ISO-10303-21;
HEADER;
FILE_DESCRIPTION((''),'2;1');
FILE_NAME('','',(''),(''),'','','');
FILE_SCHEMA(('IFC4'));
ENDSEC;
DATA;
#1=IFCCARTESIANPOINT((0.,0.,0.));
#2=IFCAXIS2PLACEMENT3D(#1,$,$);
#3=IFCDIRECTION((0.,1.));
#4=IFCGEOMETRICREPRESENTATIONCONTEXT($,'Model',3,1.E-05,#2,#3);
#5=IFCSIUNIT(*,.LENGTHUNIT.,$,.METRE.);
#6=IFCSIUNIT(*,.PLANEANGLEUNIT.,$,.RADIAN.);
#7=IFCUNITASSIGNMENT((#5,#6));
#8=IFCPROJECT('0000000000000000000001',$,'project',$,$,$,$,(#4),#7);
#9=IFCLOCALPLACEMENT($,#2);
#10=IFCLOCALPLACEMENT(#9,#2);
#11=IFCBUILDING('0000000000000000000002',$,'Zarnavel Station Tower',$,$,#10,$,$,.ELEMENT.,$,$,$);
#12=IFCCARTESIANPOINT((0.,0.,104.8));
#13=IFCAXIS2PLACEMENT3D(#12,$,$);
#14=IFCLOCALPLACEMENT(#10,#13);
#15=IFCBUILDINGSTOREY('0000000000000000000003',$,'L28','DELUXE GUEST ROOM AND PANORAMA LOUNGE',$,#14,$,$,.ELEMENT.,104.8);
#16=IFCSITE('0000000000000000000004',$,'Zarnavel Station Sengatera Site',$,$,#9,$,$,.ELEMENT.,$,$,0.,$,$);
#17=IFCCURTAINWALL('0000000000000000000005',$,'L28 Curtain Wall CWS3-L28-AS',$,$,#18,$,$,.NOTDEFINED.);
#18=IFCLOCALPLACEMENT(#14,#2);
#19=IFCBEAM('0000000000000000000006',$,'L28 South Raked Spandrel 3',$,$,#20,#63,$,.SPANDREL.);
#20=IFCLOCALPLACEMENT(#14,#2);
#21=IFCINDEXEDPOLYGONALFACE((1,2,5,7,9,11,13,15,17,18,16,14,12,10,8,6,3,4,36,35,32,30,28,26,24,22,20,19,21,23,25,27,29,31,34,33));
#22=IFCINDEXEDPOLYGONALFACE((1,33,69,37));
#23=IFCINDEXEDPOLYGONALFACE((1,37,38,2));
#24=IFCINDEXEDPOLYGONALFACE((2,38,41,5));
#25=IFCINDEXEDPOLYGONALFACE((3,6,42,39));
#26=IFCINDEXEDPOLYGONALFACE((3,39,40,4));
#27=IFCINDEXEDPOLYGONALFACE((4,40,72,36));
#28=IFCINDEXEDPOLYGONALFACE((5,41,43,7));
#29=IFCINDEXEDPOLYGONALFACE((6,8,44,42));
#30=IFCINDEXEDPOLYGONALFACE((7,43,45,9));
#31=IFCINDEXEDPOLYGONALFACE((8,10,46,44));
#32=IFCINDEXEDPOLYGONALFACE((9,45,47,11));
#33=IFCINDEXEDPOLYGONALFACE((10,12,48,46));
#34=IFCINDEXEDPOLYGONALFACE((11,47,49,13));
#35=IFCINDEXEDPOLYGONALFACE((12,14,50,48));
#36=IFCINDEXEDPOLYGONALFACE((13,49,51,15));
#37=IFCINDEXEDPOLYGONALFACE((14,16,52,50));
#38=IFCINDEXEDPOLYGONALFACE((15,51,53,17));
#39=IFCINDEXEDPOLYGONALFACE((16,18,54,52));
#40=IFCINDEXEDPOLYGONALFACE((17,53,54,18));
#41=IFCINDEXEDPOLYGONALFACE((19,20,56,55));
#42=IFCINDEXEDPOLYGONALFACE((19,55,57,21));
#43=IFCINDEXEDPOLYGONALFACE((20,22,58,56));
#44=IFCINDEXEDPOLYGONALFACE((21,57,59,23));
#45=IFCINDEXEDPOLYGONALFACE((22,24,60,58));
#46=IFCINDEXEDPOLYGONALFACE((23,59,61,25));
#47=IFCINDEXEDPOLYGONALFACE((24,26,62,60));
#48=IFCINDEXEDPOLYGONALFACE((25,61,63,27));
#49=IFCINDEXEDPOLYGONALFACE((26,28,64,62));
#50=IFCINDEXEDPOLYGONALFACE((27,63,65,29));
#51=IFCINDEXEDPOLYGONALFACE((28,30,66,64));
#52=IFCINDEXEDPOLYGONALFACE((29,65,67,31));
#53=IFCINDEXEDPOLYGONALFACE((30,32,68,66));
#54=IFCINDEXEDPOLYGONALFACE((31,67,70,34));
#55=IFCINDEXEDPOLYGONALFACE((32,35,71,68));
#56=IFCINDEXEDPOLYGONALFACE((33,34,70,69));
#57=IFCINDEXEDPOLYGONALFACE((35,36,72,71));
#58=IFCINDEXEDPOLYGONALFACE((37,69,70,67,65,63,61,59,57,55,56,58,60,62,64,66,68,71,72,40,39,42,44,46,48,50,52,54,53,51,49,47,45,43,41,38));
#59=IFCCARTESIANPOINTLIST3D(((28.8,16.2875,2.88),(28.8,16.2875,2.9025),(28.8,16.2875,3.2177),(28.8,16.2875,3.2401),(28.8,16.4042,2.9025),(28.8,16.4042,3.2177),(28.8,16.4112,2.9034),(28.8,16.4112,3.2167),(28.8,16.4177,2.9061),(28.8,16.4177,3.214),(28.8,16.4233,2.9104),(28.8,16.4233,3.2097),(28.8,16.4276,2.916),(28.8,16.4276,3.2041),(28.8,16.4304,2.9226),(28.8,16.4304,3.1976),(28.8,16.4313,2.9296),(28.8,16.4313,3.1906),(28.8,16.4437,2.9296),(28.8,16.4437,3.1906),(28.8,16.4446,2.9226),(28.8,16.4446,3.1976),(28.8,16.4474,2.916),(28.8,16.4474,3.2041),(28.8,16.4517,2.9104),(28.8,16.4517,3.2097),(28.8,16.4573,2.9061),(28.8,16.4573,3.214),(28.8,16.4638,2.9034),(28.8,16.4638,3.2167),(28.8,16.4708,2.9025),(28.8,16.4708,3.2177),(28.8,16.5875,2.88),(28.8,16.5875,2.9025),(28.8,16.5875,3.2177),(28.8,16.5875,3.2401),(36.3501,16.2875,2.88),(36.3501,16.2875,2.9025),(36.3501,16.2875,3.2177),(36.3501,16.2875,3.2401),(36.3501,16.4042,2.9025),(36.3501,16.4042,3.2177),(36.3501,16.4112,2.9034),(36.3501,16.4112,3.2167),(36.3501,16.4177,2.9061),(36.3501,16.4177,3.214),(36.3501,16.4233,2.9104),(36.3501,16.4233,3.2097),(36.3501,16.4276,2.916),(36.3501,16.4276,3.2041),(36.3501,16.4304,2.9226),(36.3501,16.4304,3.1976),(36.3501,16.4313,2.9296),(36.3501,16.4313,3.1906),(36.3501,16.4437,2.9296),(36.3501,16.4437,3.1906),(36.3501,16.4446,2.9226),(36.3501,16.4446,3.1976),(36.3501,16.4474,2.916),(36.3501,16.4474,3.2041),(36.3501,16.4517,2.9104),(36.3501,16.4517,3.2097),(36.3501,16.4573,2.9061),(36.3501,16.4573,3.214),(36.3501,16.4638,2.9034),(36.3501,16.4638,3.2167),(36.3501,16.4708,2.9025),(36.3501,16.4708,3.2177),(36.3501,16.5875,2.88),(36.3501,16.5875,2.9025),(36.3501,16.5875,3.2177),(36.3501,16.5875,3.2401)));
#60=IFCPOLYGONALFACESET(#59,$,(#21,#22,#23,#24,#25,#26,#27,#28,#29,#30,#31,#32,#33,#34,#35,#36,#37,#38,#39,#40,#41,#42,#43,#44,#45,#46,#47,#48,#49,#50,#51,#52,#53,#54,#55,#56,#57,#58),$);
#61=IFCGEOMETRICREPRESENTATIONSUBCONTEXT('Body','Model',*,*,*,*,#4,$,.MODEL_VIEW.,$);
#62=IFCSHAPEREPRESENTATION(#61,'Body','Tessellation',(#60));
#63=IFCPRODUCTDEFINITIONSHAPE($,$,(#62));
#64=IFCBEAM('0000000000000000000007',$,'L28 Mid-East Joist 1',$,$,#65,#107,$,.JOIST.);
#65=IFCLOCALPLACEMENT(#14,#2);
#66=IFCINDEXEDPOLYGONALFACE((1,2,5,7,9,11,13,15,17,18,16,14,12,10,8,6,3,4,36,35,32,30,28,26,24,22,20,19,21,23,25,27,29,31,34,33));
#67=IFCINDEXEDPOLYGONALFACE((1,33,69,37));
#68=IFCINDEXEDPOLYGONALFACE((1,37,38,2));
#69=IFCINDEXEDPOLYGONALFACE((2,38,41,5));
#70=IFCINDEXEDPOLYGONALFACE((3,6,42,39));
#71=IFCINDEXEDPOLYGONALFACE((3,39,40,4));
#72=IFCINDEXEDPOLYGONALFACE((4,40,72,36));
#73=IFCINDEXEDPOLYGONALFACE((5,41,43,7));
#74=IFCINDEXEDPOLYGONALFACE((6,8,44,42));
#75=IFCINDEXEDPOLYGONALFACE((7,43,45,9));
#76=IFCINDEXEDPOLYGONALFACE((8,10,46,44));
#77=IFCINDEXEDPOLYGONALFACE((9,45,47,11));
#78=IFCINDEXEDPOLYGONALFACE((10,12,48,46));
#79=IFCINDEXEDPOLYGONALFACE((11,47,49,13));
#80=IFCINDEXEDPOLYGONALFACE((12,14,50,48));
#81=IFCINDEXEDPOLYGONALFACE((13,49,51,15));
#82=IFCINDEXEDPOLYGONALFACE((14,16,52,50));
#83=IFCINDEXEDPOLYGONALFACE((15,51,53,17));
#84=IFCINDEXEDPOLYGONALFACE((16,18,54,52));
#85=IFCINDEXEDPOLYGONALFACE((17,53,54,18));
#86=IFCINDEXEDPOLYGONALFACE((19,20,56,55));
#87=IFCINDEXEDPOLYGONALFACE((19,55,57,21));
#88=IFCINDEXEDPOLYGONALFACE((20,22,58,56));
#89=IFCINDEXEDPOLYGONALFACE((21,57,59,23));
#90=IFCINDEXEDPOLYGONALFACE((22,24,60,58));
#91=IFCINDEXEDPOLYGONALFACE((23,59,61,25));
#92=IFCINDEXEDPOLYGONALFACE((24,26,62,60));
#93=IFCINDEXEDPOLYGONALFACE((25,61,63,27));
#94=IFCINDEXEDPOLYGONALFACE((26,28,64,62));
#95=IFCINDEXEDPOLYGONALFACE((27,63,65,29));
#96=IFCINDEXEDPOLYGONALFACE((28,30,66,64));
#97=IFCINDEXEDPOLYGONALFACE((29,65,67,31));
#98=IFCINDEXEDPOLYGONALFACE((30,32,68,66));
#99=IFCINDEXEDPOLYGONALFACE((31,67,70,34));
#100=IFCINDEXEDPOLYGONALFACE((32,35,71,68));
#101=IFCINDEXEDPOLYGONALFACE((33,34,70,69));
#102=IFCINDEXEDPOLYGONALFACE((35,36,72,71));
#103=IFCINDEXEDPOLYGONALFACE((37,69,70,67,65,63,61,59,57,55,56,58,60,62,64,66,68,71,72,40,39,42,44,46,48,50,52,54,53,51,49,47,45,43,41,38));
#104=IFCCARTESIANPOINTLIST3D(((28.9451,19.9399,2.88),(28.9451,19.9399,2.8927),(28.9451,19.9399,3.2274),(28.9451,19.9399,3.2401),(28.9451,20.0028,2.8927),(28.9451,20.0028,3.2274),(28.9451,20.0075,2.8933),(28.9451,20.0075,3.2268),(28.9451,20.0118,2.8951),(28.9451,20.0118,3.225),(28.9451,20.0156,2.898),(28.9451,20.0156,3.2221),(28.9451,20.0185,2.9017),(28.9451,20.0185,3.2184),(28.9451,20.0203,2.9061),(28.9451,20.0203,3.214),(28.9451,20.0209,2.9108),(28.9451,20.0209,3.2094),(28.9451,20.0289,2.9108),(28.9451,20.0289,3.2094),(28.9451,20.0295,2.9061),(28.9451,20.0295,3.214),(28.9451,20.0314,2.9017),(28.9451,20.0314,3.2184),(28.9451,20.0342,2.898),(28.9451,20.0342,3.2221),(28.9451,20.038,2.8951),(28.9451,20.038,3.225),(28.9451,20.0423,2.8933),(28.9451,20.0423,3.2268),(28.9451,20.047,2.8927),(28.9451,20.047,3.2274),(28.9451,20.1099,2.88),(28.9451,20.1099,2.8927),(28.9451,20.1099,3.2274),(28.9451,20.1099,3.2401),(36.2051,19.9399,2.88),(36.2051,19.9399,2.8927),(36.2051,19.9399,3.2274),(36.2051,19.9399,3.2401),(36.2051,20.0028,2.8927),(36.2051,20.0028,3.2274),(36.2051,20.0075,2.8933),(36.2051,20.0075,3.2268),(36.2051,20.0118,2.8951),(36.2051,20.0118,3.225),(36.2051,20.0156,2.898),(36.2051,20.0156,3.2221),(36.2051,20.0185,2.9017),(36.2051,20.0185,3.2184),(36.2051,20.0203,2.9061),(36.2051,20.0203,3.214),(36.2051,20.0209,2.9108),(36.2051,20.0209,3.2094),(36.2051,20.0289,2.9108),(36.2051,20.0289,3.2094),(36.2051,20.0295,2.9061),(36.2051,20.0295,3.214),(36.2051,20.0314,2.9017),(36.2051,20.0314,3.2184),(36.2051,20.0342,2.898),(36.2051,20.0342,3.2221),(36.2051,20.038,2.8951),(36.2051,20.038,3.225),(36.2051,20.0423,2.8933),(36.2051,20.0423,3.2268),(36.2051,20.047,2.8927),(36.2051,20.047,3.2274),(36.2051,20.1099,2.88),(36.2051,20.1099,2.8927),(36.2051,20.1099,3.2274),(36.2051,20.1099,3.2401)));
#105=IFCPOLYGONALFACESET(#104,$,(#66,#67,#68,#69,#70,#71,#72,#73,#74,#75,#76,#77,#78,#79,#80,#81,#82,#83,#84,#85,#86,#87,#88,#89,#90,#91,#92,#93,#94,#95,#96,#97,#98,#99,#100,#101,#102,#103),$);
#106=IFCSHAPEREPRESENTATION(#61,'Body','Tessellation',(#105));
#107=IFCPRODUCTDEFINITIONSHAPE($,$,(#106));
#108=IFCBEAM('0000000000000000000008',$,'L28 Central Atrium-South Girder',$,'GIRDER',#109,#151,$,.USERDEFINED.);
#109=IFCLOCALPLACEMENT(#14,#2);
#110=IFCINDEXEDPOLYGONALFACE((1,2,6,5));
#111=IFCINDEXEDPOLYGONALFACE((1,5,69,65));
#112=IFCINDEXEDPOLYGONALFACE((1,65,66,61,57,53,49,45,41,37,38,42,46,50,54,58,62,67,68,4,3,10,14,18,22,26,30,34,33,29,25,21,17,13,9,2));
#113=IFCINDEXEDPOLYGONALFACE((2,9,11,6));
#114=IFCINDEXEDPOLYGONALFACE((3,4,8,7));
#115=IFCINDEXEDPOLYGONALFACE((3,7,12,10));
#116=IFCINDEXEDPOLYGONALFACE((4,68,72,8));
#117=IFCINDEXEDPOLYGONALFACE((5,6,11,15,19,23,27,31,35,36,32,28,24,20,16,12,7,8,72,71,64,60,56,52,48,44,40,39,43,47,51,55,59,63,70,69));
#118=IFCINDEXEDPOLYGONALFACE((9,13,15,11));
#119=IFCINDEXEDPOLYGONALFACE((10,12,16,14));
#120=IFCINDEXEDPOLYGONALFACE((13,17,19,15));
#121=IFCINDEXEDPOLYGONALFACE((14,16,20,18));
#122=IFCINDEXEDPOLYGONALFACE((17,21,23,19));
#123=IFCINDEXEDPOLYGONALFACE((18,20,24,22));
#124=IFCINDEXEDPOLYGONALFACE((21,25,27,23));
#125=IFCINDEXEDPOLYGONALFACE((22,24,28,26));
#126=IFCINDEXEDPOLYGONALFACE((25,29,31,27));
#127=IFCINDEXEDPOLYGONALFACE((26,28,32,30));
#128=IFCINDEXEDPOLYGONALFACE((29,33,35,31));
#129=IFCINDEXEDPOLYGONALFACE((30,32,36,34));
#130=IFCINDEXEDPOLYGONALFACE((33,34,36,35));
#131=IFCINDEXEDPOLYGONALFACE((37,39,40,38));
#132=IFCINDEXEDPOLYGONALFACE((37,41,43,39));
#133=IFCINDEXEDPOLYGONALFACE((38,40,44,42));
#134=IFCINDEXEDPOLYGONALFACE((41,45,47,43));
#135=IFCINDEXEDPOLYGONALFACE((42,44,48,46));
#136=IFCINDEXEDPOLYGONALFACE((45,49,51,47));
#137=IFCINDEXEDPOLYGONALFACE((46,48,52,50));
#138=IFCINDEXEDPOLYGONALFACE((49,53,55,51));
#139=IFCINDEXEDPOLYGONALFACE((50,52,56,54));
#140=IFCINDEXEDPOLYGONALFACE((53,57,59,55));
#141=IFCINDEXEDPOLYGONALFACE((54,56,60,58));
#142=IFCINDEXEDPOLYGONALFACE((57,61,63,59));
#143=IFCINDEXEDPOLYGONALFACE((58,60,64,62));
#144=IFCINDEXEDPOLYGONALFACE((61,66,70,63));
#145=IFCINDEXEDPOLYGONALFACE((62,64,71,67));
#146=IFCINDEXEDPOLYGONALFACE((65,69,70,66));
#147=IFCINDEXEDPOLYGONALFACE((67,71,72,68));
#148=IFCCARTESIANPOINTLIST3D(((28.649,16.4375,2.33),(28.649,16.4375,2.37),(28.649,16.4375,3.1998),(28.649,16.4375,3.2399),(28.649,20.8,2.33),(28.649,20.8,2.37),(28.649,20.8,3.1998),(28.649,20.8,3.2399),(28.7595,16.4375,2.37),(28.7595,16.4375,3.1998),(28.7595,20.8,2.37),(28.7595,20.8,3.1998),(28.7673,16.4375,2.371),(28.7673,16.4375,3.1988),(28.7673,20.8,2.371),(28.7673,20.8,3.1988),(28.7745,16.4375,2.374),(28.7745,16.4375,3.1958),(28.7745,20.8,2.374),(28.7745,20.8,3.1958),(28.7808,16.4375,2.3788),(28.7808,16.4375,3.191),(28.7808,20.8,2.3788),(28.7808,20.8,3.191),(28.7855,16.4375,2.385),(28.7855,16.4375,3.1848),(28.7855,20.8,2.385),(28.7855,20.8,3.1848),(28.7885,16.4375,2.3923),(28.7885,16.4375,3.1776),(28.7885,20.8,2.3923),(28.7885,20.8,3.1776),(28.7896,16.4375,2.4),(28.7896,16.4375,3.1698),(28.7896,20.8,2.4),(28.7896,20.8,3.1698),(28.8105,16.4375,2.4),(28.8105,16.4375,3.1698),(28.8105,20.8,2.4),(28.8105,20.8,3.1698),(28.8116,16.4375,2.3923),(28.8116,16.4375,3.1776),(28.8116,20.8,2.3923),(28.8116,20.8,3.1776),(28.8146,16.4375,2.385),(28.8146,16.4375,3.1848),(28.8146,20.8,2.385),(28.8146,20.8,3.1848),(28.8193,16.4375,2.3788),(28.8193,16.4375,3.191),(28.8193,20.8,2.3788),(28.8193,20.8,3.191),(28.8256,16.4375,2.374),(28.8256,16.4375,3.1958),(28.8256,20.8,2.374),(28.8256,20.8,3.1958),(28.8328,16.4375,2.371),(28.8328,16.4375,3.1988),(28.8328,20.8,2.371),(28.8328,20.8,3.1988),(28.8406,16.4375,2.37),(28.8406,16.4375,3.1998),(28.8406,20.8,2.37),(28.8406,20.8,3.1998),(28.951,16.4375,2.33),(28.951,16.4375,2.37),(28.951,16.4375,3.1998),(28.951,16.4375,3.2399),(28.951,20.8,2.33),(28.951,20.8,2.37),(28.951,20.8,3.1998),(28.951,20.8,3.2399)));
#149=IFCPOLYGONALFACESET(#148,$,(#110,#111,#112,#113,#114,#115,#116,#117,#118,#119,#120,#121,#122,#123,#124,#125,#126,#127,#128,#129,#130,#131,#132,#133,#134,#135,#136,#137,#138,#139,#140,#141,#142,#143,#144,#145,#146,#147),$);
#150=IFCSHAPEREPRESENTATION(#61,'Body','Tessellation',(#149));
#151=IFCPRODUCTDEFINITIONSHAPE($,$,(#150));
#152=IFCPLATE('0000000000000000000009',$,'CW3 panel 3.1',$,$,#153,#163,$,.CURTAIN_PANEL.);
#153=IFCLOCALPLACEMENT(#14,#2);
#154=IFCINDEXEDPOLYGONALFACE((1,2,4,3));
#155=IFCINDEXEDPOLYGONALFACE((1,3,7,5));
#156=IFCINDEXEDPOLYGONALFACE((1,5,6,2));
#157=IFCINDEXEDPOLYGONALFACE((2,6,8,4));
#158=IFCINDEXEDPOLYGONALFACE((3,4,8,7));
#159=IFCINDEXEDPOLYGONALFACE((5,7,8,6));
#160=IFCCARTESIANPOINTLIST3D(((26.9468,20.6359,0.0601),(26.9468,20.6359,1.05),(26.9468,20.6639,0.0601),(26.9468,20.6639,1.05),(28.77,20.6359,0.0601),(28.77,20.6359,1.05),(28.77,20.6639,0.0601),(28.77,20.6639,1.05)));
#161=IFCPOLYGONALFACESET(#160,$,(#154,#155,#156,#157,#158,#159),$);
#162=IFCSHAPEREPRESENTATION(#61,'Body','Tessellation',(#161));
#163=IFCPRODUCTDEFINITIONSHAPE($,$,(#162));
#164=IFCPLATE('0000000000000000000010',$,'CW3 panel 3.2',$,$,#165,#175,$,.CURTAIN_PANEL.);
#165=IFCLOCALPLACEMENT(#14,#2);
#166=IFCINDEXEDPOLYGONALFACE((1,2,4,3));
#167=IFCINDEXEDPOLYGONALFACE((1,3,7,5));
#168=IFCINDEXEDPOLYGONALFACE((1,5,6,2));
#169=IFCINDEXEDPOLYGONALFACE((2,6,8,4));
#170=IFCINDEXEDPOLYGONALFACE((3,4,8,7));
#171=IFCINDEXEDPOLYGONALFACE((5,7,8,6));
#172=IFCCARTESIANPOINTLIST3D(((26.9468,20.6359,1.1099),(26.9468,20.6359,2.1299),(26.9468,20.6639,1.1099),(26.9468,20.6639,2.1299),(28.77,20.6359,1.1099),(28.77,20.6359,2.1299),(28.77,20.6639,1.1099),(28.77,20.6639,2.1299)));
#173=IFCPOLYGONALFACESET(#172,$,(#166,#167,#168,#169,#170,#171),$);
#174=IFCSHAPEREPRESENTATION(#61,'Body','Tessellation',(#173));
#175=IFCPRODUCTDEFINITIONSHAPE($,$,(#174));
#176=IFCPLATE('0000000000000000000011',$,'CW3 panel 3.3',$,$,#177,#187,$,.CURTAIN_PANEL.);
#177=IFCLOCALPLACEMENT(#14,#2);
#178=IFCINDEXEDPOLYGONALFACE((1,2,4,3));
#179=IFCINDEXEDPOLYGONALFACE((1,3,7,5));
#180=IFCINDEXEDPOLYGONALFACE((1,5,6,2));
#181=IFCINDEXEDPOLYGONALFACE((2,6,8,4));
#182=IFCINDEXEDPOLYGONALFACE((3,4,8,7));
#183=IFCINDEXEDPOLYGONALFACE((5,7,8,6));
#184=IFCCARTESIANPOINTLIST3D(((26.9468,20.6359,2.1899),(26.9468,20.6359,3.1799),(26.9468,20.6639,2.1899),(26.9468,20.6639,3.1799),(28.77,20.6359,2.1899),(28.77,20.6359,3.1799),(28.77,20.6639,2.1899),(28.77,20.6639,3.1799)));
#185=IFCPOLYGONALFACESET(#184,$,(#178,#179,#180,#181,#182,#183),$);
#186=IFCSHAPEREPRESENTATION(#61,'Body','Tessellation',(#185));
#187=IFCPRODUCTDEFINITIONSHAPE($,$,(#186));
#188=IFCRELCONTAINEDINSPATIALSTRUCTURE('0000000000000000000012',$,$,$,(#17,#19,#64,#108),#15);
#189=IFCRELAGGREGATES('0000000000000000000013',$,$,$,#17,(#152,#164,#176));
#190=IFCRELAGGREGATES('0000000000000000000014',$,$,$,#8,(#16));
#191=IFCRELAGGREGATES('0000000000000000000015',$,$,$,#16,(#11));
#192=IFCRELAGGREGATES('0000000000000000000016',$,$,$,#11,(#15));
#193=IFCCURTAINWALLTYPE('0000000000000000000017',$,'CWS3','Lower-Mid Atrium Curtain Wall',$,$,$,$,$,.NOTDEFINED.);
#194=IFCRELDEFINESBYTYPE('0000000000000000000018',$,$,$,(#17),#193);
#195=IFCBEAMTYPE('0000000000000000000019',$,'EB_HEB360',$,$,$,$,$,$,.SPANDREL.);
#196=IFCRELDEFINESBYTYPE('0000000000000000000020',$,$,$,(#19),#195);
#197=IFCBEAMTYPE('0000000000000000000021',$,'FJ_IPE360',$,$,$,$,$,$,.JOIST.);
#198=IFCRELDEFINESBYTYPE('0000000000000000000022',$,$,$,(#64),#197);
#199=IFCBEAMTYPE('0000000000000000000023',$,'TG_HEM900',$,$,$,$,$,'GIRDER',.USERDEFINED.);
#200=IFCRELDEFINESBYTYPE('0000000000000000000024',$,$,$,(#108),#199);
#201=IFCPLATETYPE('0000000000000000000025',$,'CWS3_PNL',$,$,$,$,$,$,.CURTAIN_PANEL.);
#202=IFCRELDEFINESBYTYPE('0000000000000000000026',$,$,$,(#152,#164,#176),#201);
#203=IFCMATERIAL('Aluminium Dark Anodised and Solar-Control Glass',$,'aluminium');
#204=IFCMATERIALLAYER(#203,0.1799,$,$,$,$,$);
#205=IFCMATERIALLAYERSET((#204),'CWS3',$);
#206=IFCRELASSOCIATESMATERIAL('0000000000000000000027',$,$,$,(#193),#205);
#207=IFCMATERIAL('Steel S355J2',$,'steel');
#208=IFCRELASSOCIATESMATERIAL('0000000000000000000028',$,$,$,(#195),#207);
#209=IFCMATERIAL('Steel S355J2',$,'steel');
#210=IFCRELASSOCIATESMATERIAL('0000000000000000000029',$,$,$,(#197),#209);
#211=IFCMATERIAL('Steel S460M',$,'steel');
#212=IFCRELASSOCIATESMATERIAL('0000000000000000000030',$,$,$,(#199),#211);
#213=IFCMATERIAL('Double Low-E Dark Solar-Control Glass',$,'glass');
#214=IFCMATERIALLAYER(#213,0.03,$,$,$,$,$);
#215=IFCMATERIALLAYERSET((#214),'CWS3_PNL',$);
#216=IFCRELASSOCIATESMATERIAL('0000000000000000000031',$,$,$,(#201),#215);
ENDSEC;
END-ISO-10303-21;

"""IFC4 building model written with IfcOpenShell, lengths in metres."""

from ifc_helpers import new_model, si_unit, direction, frame, origin, origin_2d, place, context, subcontext, project, spatial, rectangle, i_section, extrude, material, layer, layer_set, material_profile, profile_set, type_object, element, aggregate, save


model = new_model("IFC4")

# Units and contexts
model_context = context("Model", 3, precision=1e-05, world=origin(), true_north=direction((0.0, 1.0)))
body_context = subcontext(model_context, "Body", "Model", "MODEL_VIEW")
ifc_project = project(units=[si_unit("LENGTHUNIT", "METRE"), si_unit("PLANEANGLEUNIT", "RADIAN")], contexts=[model_context])

# Site, building, storey
site_placement = place(None, origin())
site = spatial("IfcSite", under=ifc_project, at=site_placement, Name="Zarnavel Station Sengatera Site", CompositionType="ELEMENT", RefElevation=0.0)
building_placement = place(site_placement, origin())
building = spatial("IfcBuilding", under=site, at=building_placement, Name="Zarnavel Station Tower", CompositionType="ELEMENT")
storey_placement = place(building_placement, frame((0.0, 0.0, 104.8)))
storey = spatial("IfcBuildingStorey", under=building, at=storey_placement, Name="L28", Description="DELUXE GUEST ROOM AND PANORAMA LOUNGE", CompositionType="ELEMENT", Elevation=104.8)

# Curtain wall
ifc_material_1 = material(Name="Aluminium Dark Anodised and Solar-Control Glass", Category="aluminium")
ifc_layer_1 = layer(ifc_material_1, 0.1799)
ifc_layer_set_1 = layer_set([ifc_layer_1], Name="CWS3")
curtain_wall_type_1 = type_object("IfcCurtainWallType", Name="CWS3", Description="Lower-Mid Atrium Curtain Wall", PredefinedType="NOTDEFINED", material=ifc_layer_set_1)
curtain_wall_1_placement = place(storey_placement, origin())
curtain_wall_1 = element("IfcCurtainWall", 1, at=curtain_wall_1_placement, inside=storey, type_object=curtain_wall_type_1, Name="L28 Curtain Wall CWS3-L28-AS", PredefinedType="NOTDEFINED")

# Beams
ifc_material_2 = material(Name="Steel S355J2", Category="steel")
ifc_material_profile_1 = material_profile(ifc_material_2, i_section(OverallWidth=0.3, OverallDepth=0.3601, WebThickness=0.0125, FlangeThickness=0.0225, FilletRadius=0.0271, at=origin_2d()), Name="HEB360")
ifc_profile_set_1 = profile_set([ifc_material_profile_1], Name="Steel S355J2")
beam_type_1 = type_object("IfcBeamType", Name="EB_HEB360", PredefinedType="SPANDREL", material=ifc_profile_set_1)
beam_1_placement = place(storey_placement, frame((28.8, 16.4375, 3.0601), z_axis=(1.0, 0.0, 0.0), x_axis=(0.0, 1.0, 0.0)))
element("IfcBeam", 2, at=beam_1_placement, inside=storey, type_object=beam_type_1, Name="L28 South Raked Spandrel 3", PredefinedType="SPANDREL", context=body_context, shape_type="SweptSolid", body=[
    extrude(i_section(OverallWidth=0.3, OverallDepth=0.3601, WebThickness=0.0125, FlangeThickness=0.0225, FilletRadius=0.0271, at=origin_2d()), origin(), (0.0, 0.0, 1.0), 7.55),
])
ifc_material_3 = material(Name="Steel S355J2", Category="steel")
ifc_material_profile_2 = material_profile(ifc_material_3, i_section(OverallWidth=0.1699, OverallDepth=0.3601, WebThickness=0.0081, FlangeThickness=0.0127, FilletRadius=0.0181, at=origin_2d()), Name="IPE360")
ifc_profile_set_2 = profile_set([ifc_material_profile_2], Name="Steel S355J2")
beam_type_2 = type_object("IfcBeamType", Name="FJ_IPE360", PredefinedType="JOIST", material=ifc_profile_set_2)
beam_2_placement = place(storey_placement, frame((28.9451, 20.0249, 3.0601), z_axis=(1.0, 0.0, 0.0), x_axis=(0.0, 1.0, 0.0)))
element("IfcBeam", 3, at=beam_2_placement, inside=storey, type_object=beam_type_2, Name="L28 Mid-East Joist 1", PredefinedType="JOIST", context=body_context, shape_type="SweptSolid", body=[
    extrude(i_section(OverallWidth=0.1699, OverallDepth=0.3601, WebThickness=0.0081, FlangeThickness=0.0127, FilletRadius=0.0181, at=origin_2d()), origin(), (0.0, 0.0, 1.0), 7.26),
])
ifc_material_4 = material(Name="Steel S460M", Category="steel")
ifc_material_profile_3 = material_profile(ifc_material_4, i_section(OverallWidth=0.302, OverallDepth=0.9099, WebThickness=0.021, FlangeThickness=0.04, FilletRadius=0.03, at=origin_2d()), Name="HEM900")
ifc_profile_set_3 = profile_set([ifc_material_profile_3], Name="Steel S460M")
beam_type_3 = type_object("IfcBeamType", Name="TG_HEM900", ElementType="GIRDER", PredefinedType="USERDEFINED", material=ifc_profile_set_3)
beam_3_placement = place(storey_placement, frame((28.8, 16.4375, 2.7849), z_axis=(0.0, 1.0, 0.0), x_axis=(-1.0, 0.0, 0.0)))
element("IfcBeam", 4, at=beam_3_placement, inside=storey, type_object=beam_type_3, Name="L28 Central Atrium-South Girder", ObjectType="GIRDER", PredefinedType="USERDEFINED", context=body_context, shape_type="SweptSolid", body=[
    extrude(i_section(OverallWidth=0.302, OverallDepth=0.9099, WebThickness=0.021, FlangeThickness=0.04, FilletRadius=0.03, at=origin_2d()), origin(), (0.0, 0.0, 1.0), 4.3625),
])

# Plates
ifc_material_5 = material(Name="Double Low-E Dark Solar-Control Glass", Category="glass")
ifc_layer_2 = layer(ifc_material_5, 0.03)
ifc_layer_set_2 = layer_set([ifc_layer_2], Name="CWS3_PNL")
plate_type_1 = type_object("IfcPlateType", Name="CWS3_PNL", PredefinedType="CURTAIN_PANEL", material=ifc_layer_set_2)
plate_1_placement = place(storey_placement, frame((27.8584, 20.6499, 0.0601), z_axis=(0.0, 0.0, 1.0), x_axis=(1.0, 0.0, 0.0)))
plate_1 = element("IfcPlate", 5, at=plate_1_placement, type_object=plate_type_1, Name="CW3 panel 3.1", PredefinedType="CURTAIN_PANEL", context=body_context, shape_type="SweptSolid", body=[
    extrude(rectangle(XDim=1.8232, YDim=0.0281, at=origin_2d()), origin(), (0.0, 0.0, 1.0), 0.99),
])
plate_2_placement = place(storey_placement, frame((27.8584, 20.6499, 1.1099), z_axis=(0.0, 0.0, 1.0), x_axis=(1.0, 0.0, 0.0)))
plate_2 = element("IfcPlate", 6, at=plate_2_placement, type_object=plate_type_1, Name="CW3 panel 3.2", PredefinedType="CURTAIN_PANEL", context=body_context, shape_type="SweptSolid", body=[
    extrude(rectangle(XDim=1.8232, YDim=0.0281, at=origin_2d()), origin(), (0.0, 0.0, 1.0), 1.02),
])
plate_3_placement = place(storey_placement, frame((27.8584, 20.6499, 2.1899), z_axis=(0.0, 0.0, 1.0), x_axis=(1.0, 0.0, 0.0)))
plate_3 = element("IfcPlate", 7, at=plate_3_placement, type_object=plate_type_1, Name="CW3 panel 3.3", PredefinedType="CURTAIN_PANEL", context=body_context, shape_type="SweptSolid", body=[
    extrude(rectangle(XDim=1.8232, YDim=0.0281, at=origin_2d()), origin(), (0.0, 0.0, 1.0), 0.99),
])
aggregate(curtain_wall_1, [plate_1, plate_2, plate_3])

save(model, "model.ifc")
